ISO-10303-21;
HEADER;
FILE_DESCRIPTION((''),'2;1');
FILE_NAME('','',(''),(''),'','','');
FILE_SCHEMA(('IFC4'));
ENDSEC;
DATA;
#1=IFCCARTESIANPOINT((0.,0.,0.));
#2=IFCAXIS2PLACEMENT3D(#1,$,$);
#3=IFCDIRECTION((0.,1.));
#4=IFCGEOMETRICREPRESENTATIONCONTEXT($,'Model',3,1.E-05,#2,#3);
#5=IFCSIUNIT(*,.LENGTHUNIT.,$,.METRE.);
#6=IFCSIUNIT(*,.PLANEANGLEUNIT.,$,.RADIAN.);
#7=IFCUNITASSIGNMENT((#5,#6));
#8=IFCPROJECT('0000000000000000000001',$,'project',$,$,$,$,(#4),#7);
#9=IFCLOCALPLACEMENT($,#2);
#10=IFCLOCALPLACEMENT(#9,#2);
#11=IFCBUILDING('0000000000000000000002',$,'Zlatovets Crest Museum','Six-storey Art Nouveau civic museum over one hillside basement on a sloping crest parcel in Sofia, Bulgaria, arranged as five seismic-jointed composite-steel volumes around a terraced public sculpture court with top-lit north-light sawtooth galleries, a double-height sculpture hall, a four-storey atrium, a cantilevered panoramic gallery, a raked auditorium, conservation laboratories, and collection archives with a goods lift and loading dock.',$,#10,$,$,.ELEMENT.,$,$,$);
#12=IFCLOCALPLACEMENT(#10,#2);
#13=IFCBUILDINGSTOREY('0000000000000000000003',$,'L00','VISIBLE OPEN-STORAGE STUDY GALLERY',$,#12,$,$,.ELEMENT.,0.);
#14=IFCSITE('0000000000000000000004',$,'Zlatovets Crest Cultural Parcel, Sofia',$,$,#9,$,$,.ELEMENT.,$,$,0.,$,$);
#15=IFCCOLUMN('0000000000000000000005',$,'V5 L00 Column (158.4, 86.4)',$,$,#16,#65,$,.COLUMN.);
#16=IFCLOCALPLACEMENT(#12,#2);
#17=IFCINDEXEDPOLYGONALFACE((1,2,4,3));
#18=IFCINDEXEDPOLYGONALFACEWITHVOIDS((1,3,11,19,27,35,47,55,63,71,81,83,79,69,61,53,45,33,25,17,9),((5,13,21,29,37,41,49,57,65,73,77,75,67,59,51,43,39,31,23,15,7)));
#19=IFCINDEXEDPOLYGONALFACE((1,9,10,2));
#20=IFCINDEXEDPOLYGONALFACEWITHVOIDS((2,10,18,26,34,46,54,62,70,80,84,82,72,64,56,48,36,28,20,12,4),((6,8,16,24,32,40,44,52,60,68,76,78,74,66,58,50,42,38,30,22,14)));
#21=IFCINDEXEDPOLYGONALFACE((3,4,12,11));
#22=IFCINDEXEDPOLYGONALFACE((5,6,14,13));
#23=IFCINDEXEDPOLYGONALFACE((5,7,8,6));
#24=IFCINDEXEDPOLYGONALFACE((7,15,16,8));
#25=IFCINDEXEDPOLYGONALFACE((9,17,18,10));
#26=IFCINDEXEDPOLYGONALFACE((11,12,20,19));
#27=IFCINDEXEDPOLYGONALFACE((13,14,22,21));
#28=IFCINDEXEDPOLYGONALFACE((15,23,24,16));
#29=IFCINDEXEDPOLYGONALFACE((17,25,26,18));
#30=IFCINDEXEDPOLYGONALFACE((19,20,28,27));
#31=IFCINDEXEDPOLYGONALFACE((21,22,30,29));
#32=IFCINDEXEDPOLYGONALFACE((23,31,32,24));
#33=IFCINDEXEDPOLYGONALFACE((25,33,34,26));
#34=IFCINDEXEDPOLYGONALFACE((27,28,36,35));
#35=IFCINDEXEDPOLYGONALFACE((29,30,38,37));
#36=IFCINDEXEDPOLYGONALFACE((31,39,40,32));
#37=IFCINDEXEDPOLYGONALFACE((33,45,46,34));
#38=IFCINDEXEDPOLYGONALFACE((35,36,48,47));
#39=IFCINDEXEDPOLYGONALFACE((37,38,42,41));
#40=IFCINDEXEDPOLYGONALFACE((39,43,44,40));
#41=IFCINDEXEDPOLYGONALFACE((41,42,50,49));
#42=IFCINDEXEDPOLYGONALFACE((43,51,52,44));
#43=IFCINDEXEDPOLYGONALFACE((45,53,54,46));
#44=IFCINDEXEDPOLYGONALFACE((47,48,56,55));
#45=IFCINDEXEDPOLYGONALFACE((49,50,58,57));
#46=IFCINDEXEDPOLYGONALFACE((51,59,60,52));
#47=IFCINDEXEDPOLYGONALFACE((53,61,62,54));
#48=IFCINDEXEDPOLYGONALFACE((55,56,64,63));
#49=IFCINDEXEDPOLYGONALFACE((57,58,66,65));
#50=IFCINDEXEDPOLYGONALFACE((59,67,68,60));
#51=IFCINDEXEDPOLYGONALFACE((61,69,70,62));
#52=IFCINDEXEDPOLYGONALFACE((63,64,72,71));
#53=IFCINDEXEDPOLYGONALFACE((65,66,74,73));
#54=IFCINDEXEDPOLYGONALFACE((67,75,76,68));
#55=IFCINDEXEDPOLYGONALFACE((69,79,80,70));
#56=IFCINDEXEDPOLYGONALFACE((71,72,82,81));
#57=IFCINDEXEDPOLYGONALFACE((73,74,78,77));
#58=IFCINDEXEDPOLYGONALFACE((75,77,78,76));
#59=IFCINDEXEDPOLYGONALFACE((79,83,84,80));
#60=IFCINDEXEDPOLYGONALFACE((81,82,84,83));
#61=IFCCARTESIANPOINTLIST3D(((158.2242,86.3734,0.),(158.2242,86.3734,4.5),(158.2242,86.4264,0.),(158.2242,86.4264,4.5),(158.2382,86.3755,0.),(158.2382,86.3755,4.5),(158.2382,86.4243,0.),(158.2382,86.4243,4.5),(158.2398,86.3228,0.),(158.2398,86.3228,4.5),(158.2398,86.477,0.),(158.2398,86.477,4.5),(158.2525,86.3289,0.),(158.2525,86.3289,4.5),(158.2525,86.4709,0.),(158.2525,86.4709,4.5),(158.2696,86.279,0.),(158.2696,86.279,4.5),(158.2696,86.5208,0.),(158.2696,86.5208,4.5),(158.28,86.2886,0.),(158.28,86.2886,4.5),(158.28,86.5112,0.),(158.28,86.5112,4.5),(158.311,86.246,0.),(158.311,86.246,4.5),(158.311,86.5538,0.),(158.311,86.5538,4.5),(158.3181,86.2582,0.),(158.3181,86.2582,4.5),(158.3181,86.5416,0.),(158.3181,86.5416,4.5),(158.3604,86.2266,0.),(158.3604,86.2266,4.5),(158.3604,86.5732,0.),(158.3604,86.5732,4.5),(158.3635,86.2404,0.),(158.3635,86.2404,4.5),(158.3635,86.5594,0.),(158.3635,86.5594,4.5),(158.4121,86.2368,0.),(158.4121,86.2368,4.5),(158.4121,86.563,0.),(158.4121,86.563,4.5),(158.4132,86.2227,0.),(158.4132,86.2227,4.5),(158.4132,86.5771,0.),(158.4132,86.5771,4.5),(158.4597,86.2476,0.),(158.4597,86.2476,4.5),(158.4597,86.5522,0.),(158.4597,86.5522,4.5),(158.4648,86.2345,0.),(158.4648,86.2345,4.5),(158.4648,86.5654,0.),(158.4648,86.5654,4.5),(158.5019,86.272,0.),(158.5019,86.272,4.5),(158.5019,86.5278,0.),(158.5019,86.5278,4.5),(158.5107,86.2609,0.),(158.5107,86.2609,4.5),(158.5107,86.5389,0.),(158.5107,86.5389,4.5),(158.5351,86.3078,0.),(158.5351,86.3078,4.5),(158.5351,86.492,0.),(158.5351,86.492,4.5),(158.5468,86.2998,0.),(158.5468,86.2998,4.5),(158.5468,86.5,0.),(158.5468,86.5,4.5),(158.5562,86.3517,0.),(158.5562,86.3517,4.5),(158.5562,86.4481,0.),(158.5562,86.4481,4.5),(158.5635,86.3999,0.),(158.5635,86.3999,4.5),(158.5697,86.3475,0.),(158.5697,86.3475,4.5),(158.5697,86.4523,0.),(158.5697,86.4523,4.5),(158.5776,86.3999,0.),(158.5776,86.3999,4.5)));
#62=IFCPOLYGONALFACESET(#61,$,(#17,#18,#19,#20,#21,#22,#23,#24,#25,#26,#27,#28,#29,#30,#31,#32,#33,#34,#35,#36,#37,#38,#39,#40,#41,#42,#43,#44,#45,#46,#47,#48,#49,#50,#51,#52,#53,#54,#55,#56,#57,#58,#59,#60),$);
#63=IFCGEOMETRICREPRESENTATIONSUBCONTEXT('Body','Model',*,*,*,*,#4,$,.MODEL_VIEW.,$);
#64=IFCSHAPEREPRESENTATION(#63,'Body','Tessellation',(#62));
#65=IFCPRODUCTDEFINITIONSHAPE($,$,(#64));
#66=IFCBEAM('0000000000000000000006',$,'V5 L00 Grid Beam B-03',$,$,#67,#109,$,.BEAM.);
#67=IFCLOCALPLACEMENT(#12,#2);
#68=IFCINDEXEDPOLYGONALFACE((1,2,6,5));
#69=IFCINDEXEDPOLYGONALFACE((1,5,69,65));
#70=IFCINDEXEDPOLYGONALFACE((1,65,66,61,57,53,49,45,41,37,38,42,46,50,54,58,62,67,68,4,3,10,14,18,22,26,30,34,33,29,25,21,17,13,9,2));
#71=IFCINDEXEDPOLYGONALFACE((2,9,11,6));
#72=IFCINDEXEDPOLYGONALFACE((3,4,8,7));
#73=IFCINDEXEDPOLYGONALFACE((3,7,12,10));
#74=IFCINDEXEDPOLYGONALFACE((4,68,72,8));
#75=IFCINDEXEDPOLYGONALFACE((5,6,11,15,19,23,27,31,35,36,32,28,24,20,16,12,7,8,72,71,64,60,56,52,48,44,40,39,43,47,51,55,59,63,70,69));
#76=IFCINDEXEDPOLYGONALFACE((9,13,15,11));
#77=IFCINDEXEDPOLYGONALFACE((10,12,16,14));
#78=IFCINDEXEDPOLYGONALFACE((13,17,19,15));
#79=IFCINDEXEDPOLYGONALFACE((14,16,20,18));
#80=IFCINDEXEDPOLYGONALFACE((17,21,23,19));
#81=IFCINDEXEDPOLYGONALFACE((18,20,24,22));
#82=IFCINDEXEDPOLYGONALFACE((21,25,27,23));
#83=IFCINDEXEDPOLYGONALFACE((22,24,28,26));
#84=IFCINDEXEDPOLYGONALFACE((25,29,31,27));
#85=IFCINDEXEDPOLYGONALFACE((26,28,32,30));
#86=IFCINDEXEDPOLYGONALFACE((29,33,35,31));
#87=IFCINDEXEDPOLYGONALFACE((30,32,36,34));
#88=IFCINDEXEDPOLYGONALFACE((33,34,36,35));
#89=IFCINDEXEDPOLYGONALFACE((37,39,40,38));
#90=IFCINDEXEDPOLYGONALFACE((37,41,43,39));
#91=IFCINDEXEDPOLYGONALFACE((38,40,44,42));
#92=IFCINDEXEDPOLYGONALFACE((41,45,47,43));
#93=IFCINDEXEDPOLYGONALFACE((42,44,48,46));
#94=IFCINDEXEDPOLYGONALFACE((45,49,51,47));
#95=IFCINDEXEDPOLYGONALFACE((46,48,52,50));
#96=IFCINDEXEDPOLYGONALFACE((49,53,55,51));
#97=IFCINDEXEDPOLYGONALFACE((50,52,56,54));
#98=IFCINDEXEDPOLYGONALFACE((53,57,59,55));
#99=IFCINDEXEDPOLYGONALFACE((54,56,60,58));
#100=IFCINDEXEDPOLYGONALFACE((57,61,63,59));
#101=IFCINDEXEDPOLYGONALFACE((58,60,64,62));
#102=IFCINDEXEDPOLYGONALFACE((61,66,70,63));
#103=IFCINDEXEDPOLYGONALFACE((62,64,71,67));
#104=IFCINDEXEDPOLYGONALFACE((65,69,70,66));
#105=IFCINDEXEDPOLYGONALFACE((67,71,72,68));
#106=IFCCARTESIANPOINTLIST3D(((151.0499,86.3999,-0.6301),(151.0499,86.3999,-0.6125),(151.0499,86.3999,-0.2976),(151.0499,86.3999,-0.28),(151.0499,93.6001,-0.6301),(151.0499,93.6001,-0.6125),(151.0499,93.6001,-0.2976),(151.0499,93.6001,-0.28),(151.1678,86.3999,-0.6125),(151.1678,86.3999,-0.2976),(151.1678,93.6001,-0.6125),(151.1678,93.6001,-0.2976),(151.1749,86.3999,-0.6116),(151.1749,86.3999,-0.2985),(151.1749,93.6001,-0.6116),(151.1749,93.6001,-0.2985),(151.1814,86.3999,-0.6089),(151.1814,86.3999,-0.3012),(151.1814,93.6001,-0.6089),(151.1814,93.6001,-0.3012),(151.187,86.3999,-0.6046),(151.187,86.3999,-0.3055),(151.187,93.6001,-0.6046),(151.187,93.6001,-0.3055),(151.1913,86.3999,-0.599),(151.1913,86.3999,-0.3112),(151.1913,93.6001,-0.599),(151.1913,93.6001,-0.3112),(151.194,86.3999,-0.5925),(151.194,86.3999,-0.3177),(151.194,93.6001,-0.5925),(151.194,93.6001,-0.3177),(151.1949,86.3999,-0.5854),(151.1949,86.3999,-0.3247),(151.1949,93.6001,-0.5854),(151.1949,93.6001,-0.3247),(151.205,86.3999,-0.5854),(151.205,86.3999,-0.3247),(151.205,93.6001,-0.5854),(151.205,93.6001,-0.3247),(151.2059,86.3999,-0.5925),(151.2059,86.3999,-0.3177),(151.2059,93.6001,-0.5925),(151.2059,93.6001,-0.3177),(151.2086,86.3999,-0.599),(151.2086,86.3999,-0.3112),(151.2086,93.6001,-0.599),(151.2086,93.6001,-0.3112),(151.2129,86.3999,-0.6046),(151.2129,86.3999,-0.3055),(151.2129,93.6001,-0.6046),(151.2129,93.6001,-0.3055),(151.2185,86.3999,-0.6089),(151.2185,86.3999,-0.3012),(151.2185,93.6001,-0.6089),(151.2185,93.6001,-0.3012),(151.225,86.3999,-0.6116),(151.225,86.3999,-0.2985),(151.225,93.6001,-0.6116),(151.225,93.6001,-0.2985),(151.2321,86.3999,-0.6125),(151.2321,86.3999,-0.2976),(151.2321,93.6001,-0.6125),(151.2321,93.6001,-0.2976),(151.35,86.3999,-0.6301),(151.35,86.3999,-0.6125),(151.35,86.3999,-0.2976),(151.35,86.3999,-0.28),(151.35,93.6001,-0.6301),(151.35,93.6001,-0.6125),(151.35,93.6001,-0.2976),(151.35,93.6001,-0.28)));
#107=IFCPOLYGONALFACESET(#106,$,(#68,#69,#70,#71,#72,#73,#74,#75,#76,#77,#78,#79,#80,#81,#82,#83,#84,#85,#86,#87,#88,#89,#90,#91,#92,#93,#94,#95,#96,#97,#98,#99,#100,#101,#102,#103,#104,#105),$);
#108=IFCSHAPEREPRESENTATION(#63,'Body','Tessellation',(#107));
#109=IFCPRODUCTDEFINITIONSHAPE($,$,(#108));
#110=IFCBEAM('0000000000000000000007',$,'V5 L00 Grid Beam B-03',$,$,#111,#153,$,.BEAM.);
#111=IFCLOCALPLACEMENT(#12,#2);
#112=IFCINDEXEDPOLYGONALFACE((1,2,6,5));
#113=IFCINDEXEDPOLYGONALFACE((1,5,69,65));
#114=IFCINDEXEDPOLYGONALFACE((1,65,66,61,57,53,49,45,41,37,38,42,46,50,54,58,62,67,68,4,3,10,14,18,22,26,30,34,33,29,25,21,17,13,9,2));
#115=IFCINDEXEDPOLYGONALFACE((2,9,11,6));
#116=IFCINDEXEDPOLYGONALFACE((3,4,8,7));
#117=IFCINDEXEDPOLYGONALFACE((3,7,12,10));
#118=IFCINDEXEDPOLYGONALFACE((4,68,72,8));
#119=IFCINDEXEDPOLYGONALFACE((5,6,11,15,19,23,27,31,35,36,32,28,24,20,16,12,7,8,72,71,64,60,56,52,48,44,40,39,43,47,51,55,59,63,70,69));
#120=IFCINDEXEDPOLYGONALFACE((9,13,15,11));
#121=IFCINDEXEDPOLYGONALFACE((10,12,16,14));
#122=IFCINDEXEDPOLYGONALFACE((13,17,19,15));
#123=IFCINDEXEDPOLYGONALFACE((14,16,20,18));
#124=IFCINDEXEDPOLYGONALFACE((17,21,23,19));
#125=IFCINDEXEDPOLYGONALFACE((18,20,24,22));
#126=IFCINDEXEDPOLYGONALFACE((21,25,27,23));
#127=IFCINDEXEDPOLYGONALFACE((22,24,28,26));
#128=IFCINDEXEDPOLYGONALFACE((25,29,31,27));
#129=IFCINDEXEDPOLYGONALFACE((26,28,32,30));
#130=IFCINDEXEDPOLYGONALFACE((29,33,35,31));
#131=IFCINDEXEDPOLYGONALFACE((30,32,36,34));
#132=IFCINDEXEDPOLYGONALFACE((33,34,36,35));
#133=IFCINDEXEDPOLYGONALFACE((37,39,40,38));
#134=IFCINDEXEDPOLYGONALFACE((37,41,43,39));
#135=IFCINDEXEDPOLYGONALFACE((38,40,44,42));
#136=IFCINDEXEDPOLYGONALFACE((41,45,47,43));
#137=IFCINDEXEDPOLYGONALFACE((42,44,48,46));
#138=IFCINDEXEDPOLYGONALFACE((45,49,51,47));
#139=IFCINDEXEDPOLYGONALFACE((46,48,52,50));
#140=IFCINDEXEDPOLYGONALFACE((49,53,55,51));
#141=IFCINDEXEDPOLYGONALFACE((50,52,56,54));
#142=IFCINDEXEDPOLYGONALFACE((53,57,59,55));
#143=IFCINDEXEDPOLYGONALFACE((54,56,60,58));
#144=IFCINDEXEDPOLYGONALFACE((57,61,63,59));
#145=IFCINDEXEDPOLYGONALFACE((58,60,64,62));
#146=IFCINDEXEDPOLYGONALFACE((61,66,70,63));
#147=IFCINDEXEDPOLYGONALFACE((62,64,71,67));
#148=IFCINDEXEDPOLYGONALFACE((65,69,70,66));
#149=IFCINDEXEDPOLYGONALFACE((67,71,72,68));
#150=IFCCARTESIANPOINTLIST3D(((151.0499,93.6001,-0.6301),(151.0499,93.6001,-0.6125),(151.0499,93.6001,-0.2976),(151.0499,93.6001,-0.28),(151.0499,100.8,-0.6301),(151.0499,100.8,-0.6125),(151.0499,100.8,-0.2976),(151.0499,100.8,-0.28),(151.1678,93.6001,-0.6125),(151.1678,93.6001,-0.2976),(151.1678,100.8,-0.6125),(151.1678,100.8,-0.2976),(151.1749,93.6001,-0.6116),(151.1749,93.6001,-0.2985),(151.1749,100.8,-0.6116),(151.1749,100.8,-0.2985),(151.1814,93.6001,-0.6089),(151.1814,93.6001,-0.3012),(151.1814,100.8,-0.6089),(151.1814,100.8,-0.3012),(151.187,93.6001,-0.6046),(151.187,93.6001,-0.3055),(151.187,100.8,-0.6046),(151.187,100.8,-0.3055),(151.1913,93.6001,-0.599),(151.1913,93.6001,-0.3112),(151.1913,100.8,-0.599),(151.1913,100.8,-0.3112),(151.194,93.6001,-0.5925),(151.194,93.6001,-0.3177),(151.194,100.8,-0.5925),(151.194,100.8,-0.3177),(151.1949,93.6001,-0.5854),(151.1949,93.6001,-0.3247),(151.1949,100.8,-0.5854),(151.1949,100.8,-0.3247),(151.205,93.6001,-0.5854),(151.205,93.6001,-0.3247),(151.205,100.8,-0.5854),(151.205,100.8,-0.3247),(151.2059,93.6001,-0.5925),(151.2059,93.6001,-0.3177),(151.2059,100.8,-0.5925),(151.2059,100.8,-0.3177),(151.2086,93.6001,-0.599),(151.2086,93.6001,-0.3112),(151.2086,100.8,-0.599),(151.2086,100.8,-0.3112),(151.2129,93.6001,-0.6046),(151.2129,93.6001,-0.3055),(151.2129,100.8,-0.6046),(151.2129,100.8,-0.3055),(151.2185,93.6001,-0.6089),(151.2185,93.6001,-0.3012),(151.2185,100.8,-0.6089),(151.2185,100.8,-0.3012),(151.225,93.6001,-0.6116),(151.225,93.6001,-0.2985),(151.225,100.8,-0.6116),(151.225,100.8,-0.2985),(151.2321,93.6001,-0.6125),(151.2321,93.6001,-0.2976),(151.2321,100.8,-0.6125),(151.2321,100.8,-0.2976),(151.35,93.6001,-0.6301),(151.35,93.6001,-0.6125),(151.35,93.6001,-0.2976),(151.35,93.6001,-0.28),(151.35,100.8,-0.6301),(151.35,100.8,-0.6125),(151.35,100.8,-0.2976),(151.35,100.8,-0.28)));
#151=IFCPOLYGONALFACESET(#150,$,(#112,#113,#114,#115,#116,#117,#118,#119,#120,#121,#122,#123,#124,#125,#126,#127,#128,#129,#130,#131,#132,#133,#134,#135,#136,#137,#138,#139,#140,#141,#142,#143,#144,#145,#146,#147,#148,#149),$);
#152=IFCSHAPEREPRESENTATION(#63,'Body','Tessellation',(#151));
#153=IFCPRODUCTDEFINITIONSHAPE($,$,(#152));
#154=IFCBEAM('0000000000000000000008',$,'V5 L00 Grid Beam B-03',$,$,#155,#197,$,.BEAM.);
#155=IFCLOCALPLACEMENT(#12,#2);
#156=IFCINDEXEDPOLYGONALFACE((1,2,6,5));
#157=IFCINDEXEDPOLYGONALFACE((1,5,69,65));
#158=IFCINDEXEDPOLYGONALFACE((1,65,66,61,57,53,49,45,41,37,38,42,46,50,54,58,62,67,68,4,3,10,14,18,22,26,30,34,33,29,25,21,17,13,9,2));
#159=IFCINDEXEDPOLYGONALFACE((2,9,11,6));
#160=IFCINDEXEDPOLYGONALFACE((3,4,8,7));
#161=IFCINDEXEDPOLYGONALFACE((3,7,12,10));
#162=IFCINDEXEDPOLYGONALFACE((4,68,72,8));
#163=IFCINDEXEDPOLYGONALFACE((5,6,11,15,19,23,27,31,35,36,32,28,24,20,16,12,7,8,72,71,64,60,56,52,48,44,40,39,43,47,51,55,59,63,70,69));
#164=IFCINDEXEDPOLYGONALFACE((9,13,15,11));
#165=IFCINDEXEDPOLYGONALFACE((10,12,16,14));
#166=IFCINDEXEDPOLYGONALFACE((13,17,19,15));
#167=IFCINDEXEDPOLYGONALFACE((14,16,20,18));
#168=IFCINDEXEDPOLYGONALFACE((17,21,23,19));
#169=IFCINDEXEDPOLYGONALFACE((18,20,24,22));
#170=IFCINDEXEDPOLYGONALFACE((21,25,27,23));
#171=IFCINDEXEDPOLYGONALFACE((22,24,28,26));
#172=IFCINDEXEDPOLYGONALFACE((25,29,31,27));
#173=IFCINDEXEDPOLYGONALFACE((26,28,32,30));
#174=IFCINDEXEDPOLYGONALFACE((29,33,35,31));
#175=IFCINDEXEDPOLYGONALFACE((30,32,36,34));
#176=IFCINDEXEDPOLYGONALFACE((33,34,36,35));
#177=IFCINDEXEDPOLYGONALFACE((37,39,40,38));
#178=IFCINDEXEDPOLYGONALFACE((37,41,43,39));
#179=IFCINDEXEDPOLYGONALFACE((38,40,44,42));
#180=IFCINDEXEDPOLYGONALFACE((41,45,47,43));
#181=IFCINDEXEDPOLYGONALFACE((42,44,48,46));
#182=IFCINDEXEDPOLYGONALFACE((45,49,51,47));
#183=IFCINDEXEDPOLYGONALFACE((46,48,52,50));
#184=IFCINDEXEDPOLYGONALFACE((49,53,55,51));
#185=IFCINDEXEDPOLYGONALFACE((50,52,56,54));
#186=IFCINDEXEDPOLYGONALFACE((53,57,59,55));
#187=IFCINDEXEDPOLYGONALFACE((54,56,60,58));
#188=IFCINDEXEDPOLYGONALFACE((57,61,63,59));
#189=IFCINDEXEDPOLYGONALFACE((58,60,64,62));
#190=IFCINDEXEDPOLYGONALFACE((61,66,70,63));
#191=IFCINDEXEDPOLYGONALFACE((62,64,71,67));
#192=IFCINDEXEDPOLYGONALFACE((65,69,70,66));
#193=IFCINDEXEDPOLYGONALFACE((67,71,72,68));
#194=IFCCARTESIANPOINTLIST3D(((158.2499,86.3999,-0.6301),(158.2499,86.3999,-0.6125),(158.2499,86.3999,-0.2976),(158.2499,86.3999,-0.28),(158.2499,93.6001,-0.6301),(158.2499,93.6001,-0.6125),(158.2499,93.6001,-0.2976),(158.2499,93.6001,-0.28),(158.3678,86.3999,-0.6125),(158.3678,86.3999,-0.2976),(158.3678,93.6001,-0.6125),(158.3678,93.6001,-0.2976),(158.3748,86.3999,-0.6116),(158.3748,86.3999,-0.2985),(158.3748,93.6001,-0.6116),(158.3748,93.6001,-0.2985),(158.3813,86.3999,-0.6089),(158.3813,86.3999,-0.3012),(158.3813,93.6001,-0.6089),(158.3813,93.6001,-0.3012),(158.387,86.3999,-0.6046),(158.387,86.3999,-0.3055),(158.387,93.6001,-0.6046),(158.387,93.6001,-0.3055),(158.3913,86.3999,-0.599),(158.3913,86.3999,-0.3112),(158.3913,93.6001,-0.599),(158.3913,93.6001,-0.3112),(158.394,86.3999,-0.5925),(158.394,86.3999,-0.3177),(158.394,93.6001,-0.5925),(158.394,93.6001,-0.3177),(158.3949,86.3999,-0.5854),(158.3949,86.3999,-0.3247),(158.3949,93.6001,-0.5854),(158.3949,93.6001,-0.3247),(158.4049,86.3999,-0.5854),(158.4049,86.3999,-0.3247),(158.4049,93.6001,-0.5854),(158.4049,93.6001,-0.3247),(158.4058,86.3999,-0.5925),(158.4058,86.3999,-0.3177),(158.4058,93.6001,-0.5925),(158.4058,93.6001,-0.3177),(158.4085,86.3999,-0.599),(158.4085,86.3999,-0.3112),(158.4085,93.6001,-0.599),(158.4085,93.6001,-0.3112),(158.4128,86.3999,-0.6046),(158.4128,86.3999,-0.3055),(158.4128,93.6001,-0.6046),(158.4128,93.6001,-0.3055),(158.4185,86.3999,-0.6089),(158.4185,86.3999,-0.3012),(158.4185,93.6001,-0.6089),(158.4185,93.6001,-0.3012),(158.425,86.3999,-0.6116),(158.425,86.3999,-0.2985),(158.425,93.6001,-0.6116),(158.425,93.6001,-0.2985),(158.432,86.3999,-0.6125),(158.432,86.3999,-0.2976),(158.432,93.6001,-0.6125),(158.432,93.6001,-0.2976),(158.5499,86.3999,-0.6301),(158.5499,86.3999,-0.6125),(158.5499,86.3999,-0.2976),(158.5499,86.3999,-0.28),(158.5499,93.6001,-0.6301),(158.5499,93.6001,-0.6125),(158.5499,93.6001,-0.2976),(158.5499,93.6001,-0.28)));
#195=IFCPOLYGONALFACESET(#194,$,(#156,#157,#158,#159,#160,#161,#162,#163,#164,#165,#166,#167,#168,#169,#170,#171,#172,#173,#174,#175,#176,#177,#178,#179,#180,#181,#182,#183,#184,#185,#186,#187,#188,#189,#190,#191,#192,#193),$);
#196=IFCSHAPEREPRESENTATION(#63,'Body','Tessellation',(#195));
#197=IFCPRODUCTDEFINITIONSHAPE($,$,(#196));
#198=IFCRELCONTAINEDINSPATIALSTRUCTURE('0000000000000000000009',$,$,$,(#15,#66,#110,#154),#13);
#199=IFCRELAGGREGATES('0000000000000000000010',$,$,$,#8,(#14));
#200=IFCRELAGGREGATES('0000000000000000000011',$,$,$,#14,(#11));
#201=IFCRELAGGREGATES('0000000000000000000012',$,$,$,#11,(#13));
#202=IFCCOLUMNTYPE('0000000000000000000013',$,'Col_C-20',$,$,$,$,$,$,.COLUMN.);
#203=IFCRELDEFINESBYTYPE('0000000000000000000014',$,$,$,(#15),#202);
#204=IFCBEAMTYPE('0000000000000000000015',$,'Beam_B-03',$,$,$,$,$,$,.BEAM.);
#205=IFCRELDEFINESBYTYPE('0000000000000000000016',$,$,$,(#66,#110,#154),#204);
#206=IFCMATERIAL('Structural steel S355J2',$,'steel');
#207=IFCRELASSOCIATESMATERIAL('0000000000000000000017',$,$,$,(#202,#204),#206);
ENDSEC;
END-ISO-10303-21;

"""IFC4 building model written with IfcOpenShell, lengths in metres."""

from ifc_helpers import new_model, si_unit, direction, frame, origin, origin_2d, place, context, subcontext, project, spatial, hollow_circle, i_section, extrude, material, material_profile, profile_set, type_object, element, save


model = new_model("IFC4")

# Units and contexts
model_context = context("Model", 3, precision=1e-05, world=origin(), true_north=direction((0.0, 1.0)))
body_context = subcontext(model_context, "Body", "Model", "MODEL_VIEW")
ifc_project = project(units=[si_unit("LENGTHUNIT", "METRE"), si_unit("PLANEANGLEUNIT", "RADIAN")], contexts=[model_context])

# Site, building, storey
site_placement = place(None, origin())
site = spatial("IfcSite", under=ifc_project, at=site_placement, Name="Zlatovets Crest Cultural Parcel, Sofia", CompositionType="ELEMENT", RefElevation=0.0)
building_placement = place(site_placement, origin())
building = spatial("IfcBuilding", under=site, at=building_placement, Name="Zlatovets Crest Museum", Description="Six-storey Art Nouveau civic museum over one hillside basement on a sloping crest parcel in Sofia, Bulgaria, arranged as five seismic-jointed composite-steel volumes around a terraced public sculpture court with top-lit north-light sawtooth galleries, a double-height sculpture hall, a four-storey atrium, a cantilevered panoramic gallery, a raked auditorium, conservation laboratories, and collection archives with a goods lift and loading dock.", CompositionType="ELEMENT")
storey_placement = place(building_placement, origin())
storey = spatial("IfcBuildingStorey", under=building, at=storey_placement, Name="L00", Description="VISIBLE OPEN-STORAGE STUDY GALLERY", CompositionType="ELEMENT", Elevation=0.0)

# Column
ifc_material_1 = material(Name="Structural steel S355J2", Category="steel")
ifc_material_profile_1 = material_profile(ifc_material_1, hollow_circle(Radius=0.1777, WallThickness=0.0142, at=origin_2d()), Name="CHS 355.6x14.2")
ifc_profile_set_1 = profile_set([ifc_material_profile_1], Name="Structural steel S355J2")
column_type_1 = type_object("IfcColumnType", Name="Col_C-20", PredefinedType="COLUMN", material=ifc_profile_set_1)
for number, where, z_axis, x_axis, name in (
    (1, (158.3999, 86.3999, 0.0), (0.0, 0.0, 1.0), (1.0, 0.0, 0.0), "V5 L00 Column (158.4, 86.4)"),
):
    element("IfcColumn", number, at=place(storey_placement, frame(where, z_axis=z_axis, x_axis=x_axis)), inside=storey, type_object=column_type_1, Name=name, PredefinedType="COLUMN", context=body_context, shape_type="SweptSolid", body=[
        extrude(hollow_circle(Radius=0.1777, WallThickness=0.0142, at=origin_2d()), origin(), (0.0, 0.0, 1.0), 4.5),
    ])

# Beams
ifc_material_profile_2 = material_profile(ifc_material_1, i_section(OverallWidth=0.3, OverallDepth=0.3501, WebThickness=0.01, FlangeThickness=0.0176, FilletRadius=0.0271, at=origin_2d()), Name="HEA 360")
ifc_profile_set_2 = profile_set([ifc_material_profile_2], Name="Structural steel S355J2")
beam_type_1 = type_object("IfcBeamType", Name="Beam_B-03", PredefinedType="BEAM", material=ifc_profile_set_2)
beam_1_placement = place(storey_placement, frame((151.2, 86.3999, -0.4551), z_axis=(0.0, 1.0, 0.0), x_axis=(-1.0, 0.0, 0.0)))
element("IfcBeam", 2, at=beam_1_placement, inside=storey, type_object=beam_type_1, Name="V5 L00 Grid Beam B-03", PredefinedType="BEAM", context=body_context, shape_type="SweptSolid", body=[
    extrude(i_section(OverallWidth=0.3, OverallDepth=0.3501, WebThickness=0.01, FlangeThickness=0.0176, FilletRadius=0.0271, at=origin_2d()), origin(), (0.0, 0.0, 1.0), 7.2002),
])
beam_2_placement = place(storey_placement, frame((151.2, 93.6001, -0.4551), z_axis=(0.0, 1.0, 0.0), x_axis=(-1.0, 0.0, 0.0)))
element("IfcBeam", 3, at=beam_2_placement, inside=storey, type_object=beam_type_1, Name="V5 L00 Grid Beam B-03", PredefinedType="BEAM", context=body_context, shape_type="SweptSolid", body=[
    extrude(i_section(OverallWidth=0.3, OverallDepth=0.3501, WebThickness=0.01, FlangeThickness=0.0176, FilletRadius=0.0271, at=origin_2d()), origin(), (0.0, 0.0, 1.0), 7.2),
])
beam_3_placement = place(storey_placement, frame((158.3999, 86.3999, -0.4551), z_axis=(0.0, 1.0, 0.0), x_axis=(-1.0, 0.0, 0.0)))
element("IfcBeam", 4, at=beam_3_placement, inside=storey, type_object=beam_type_1, Name="V5 L00 Grid Beam B-03", PredefinedType="BEAM", context=body_context, shape_type="SweptSolid", body=[
    extrude(i_section(OverallWidth=0.3, OverallDepth=0.3501, WebThickness=0.01, FlangeThickness=0.0176, FilletRadius=0.0271, at=origin_2d()), origin(), (0.0, 0.0, 1.0), 7.2002),
])

save(model, "model.ifc")
